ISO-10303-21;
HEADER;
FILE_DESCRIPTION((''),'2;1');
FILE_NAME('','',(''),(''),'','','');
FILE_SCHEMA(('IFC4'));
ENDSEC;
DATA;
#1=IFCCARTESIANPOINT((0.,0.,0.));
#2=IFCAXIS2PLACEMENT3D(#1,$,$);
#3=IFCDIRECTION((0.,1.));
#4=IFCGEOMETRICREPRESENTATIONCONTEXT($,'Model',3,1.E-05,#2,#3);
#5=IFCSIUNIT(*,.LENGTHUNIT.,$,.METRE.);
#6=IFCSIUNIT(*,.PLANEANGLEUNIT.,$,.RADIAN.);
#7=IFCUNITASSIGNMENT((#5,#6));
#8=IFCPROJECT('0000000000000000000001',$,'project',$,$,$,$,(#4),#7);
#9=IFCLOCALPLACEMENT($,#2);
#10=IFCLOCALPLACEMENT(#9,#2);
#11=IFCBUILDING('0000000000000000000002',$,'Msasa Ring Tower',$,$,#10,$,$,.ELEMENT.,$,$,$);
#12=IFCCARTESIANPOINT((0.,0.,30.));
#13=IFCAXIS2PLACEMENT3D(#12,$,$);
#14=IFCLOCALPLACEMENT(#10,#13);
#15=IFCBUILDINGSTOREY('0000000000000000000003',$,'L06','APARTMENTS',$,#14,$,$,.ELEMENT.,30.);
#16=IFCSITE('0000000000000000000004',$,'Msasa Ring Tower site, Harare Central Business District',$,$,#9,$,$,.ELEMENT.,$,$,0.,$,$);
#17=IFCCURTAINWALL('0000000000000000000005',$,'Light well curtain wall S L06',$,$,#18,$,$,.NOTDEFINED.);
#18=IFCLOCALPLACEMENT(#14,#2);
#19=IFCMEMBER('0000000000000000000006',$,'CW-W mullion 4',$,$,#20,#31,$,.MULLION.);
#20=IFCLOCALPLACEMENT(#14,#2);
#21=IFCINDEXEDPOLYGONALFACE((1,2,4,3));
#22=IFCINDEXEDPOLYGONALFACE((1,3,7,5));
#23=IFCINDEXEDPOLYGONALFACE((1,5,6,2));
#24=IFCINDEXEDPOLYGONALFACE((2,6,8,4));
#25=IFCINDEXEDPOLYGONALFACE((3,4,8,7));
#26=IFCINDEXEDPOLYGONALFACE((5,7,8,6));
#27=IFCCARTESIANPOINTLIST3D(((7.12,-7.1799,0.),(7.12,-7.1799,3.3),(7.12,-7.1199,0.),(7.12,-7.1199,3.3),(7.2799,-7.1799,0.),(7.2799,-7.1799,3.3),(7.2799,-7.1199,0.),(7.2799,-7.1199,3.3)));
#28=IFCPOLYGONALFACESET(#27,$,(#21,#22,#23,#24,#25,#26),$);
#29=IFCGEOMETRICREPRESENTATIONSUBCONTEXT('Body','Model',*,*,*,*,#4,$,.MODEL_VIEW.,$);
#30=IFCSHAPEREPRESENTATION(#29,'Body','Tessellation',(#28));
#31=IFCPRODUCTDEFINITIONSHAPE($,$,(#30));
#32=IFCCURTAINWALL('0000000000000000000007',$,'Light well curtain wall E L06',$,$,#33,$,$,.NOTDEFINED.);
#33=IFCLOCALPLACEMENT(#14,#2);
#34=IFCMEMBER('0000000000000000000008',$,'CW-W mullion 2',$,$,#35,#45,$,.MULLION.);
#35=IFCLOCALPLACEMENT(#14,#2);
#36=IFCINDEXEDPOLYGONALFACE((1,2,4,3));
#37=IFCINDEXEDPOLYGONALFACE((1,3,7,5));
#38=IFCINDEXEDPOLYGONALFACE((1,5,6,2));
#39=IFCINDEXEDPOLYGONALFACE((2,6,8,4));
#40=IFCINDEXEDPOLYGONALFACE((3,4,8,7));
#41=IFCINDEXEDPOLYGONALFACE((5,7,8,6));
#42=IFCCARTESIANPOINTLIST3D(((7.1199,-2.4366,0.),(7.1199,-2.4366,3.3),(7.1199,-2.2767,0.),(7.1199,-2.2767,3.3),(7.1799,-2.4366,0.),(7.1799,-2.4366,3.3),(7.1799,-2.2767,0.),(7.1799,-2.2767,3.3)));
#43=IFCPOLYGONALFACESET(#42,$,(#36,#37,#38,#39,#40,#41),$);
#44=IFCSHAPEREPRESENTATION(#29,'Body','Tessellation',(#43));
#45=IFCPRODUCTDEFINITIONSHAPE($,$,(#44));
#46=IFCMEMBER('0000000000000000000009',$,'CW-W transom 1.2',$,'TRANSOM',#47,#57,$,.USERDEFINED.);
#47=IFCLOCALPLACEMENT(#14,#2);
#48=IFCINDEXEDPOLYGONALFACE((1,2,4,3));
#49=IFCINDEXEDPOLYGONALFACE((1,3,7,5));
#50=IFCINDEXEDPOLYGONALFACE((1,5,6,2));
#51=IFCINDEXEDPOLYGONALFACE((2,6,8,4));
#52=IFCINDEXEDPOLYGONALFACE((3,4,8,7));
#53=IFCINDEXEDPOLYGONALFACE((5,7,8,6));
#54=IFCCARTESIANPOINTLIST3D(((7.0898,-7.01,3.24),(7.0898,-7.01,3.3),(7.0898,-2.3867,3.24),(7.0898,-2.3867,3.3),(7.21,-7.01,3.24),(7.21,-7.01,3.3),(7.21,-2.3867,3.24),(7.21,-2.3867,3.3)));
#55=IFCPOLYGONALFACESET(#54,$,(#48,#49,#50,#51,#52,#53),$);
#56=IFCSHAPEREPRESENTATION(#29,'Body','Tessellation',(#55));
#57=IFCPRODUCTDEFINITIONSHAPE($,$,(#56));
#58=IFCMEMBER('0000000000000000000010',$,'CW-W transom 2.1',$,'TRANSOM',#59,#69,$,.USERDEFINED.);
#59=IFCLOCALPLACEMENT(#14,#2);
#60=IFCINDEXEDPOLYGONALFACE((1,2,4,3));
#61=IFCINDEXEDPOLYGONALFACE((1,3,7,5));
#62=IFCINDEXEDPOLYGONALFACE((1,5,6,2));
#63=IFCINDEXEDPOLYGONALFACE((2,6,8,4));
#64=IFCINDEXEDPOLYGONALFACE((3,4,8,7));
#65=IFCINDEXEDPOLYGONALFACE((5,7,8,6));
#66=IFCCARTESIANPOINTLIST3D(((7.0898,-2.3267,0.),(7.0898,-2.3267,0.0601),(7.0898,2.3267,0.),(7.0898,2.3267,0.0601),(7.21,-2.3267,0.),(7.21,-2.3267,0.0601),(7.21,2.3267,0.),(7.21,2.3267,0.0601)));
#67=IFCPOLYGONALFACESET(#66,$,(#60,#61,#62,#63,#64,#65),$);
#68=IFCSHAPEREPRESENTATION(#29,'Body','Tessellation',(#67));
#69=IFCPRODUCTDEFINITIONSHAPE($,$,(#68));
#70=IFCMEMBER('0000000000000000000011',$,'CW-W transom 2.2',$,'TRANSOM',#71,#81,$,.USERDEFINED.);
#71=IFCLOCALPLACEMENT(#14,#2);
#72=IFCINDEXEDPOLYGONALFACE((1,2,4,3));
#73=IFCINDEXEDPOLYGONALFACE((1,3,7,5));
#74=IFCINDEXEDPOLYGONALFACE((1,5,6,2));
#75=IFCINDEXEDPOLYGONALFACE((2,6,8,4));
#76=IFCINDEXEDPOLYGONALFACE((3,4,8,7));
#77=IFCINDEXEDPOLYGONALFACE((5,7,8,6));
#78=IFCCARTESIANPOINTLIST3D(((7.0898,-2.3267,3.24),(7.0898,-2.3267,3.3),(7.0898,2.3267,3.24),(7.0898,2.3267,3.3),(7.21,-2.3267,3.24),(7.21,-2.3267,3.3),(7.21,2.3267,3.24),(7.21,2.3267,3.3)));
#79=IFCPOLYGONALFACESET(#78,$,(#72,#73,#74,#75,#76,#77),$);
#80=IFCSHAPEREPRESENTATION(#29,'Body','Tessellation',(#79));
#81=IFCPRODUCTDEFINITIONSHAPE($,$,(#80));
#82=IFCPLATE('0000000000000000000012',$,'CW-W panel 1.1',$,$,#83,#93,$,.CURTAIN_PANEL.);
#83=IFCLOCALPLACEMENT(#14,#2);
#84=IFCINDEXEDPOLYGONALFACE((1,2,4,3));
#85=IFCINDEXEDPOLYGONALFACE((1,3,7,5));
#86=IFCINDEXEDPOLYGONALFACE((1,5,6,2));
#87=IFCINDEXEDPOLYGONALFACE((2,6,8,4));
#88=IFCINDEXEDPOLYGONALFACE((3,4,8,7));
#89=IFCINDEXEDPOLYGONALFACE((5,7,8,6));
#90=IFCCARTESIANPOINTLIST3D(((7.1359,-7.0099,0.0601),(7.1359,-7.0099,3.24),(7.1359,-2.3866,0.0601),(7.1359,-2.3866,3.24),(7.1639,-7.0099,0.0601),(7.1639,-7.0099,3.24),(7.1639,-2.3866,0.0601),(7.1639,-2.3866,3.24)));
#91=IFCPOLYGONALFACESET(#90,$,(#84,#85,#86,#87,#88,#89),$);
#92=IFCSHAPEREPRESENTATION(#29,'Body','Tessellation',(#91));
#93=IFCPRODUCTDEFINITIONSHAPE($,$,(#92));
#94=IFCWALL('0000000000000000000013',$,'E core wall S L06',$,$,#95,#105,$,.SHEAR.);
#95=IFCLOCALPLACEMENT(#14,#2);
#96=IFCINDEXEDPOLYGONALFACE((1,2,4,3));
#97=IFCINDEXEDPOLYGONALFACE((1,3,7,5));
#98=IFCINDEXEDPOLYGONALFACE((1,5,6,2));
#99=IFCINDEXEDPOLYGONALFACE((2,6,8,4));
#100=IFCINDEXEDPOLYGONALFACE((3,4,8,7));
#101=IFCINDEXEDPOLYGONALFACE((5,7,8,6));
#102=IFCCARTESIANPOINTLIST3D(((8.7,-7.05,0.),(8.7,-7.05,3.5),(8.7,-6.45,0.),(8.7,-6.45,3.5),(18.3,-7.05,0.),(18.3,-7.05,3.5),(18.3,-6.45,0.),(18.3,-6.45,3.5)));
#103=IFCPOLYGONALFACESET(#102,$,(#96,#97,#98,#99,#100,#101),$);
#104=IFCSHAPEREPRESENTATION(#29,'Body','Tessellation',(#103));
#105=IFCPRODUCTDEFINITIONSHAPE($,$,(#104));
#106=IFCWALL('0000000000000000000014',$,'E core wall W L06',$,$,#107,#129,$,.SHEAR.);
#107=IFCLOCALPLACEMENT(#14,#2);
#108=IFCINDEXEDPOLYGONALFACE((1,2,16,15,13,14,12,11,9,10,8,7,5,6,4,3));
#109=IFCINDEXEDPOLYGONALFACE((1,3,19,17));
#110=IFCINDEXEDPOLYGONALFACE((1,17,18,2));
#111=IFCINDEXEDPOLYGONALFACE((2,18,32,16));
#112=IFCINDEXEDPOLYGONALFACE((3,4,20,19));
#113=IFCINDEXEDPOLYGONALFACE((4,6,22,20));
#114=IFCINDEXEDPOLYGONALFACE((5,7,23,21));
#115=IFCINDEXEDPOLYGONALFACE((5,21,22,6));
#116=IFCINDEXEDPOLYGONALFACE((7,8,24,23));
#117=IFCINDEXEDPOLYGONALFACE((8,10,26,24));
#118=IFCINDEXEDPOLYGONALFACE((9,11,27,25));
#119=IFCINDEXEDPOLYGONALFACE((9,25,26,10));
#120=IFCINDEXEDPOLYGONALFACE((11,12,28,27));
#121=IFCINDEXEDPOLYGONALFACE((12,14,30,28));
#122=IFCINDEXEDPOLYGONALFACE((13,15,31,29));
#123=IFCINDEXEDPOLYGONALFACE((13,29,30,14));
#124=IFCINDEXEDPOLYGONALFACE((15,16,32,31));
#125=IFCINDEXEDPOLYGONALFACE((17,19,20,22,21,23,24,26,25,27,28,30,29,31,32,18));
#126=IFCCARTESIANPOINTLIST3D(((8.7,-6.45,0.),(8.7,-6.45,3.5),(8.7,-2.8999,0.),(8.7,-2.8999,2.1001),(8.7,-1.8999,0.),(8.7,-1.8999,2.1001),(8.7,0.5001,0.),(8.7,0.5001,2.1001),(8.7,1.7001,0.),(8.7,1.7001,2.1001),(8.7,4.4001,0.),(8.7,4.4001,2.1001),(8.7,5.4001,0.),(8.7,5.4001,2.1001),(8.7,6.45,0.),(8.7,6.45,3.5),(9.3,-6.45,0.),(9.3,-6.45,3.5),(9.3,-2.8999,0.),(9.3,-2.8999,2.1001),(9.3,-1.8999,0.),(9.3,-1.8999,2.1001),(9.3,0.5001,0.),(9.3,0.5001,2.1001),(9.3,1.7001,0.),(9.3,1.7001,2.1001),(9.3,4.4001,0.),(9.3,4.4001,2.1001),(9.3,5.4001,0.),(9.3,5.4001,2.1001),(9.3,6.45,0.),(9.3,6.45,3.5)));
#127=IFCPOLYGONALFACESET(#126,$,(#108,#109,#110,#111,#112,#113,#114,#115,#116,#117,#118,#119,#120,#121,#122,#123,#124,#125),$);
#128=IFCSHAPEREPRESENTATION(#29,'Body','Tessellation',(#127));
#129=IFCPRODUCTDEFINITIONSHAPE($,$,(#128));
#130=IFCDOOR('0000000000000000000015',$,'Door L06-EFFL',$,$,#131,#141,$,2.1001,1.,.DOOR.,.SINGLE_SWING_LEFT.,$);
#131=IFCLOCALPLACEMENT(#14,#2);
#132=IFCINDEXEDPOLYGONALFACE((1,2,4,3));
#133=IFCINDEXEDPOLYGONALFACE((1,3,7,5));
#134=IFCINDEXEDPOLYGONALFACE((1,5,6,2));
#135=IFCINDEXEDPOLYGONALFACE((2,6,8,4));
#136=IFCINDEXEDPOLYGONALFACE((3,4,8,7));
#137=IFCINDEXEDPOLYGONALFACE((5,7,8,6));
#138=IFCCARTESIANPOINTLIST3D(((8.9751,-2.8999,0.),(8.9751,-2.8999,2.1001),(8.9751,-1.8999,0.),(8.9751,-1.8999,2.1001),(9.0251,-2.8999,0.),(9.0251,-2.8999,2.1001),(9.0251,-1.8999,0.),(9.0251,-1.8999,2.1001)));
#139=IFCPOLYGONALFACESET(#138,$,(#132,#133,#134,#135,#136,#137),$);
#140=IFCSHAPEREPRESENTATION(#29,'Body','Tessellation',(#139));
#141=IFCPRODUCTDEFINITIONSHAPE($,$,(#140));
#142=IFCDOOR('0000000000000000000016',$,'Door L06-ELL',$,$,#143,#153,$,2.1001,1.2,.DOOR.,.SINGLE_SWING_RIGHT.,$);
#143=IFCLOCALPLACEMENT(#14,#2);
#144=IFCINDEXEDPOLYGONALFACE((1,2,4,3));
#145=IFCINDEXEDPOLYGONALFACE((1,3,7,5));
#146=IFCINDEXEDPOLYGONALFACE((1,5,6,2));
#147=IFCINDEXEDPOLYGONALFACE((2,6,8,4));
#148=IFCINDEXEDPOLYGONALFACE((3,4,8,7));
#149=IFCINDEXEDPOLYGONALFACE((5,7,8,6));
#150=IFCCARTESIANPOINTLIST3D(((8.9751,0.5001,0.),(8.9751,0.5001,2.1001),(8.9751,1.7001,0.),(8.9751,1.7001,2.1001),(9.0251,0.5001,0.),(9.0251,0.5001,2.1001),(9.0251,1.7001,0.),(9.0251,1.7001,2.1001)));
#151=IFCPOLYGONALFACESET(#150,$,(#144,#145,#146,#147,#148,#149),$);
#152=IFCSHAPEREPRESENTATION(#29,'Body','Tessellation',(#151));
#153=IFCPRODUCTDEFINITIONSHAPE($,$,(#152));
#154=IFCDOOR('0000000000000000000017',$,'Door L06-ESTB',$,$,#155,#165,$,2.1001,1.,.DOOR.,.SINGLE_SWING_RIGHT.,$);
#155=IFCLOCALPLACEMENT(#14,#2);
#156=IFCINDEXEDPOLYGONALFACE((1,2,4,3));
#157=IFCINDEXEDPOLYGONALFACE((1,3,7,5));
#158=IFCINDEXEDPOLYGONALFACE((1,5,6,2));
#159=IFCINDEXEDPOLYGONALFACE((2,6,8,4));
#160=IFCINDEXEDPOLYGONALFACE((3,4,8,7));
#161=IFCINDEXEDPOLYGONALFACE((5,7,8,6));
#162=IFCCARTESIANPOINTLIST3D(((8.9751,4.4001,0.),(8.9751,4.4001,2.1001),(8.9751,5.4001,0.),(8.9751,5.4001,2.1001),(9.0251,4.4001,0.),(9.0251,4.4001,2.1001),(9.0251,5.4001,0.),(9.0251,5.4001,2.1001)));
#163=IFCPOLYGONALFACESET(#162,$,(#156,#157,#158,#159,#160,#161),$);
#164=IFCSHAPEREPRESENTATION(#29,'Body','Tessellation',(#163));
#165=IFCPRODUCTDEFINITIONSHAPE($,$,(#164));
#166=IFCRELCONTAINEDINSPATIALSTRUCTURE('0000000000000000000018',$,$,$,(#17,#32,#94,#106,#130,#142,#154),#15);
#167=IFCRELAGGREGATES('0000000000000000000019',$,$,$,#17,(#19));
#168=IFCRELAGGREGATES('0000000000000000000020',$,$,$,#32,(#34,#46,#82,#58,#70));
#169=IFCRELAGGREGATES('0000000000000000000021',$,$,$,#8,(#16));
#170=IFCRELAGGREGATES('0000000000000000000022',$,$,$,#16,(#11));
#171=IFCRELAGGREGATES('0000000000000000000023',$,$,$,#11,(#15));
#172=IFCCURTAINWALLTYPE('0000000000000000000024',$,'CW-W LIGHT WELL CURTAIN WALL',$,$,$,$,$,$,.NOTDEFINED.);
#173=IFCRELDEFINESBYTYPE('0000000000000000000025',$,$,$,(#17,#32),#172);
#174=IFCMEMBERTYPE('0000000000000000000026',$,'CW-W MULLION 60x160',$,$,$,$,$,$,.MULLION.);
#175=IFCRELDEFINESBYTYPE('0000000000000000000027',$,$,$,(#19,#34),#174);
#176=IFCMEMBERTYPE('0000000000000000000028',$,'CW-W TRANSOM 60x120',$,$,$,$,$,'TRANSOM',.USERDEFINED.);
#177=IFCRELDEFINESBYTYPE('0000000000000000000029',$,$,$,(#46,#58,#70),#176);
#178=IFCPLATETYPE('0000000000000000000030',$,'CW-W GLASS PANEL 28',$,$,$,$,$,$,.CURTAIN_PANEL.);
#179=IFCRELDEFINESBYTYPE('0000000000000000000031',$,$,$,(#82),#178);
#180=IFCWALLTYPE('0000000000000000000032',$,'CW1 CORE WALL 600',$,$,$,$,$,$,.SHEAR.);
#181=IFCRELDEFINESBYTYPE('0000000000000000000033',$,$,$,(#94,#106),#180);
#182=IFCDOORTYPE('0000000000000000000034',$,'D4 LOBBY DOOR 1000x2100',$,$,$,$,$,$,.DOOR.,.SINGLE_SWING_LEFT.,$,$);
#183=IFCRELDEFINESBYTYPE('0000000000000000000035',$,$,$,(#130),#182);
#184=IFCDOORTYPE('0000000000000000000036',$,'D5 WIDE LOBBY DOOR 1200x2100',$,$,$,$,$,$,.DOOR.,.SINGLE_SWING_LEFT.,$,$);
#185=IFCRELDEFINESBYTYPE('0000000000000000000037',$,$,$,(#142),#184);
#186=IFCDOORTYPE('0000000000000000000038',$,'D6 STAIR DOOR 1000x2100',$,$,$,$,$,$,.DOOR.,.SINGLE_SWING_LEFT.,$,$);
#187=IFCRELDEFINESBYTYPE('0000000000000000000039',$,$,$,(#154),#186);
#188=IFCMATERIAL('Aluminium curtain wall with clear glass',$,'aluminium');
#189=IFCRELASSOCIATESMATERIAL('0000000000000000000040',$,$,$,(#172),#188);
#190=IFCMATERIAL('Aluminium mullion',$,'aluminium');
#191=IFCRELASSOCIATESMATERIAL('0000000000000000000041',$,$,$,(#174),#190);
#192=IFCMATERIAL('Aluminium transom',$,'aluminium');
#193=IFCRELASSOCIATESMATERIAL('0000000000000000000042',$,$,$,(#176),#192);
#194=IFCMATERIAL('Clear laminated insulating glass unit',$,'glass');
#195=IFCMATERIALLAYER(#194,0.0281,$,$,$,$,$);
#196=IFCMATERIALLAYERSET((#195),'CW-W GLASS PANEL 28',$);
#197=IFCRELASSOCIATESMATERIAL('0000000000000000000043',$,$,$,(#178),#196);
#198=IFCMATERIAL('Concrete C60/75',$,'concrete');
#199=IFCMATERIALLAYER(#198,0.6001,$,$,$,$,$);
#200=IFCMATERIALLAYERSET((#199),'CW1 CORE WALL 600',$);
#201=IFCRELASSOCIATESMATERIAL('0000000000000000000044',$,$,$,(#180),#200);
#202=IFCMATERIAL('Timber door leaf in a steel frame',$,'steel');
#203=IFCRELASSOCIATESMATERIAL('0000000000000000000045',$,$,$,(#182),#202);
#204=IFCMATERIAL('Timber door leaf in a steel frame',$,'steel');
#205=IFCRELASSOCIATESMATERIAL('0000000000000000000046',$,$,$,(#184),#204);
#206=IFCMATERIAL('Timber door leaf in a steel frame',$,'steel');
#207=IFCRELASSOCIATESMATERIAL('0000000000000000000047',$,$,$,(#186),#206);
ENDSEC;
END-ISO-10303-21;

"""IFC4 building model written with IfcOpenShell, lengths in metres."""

from ifc_helpers import new_model, si_unit, direction, frame, frame_2d, origin, origin_2d, place, context, subcontext, project, spatial, rectangle, extrude, material, layer, layer_set, material_profile, profile_set, type_object, element, fill, aggregate, save


model = new_model("IFC4")

# Units and contexts
model_context = context("Model", 3, precision=1e-05, world=origin(), true_north=direction((0.0, 1.0)))
body_context = subcontext(model_context, "Body", "Model", "MODEL_VIEW")
ifc_project = project(units=[si_unit("LENGTHUNIT", "METRE"), si_unit("PLANEANGLEUNIT", "RADIAN")], contexts=[model_context])

# Site, building, storey
site_placement = place(None, origin())
site = spatial("IfcSite", under=ifc_project, at=site_placement, Name="Msasa Ring Tower site, Harare Central Business District", CompositionType="ELEMENT", RefElevation=0.0)
building_placement = place(site_placement, origin())
building = spatial("IfcBuilding", under=site, at=building_placement, Name="Msasa Ring Tower", CompositionType="ELEMENT")
storey_placement = place(building_placement, frame((0.0, 0.0, 30.0)))
storey = spatial("IfcBuildingStorey", under=building, at=storey_placement, Name="L06", Description="APARTMENTS", CompositionType="ELEMENT", Elevation=30.0)

# Curtain wall, member
ifc_material_1 = material(Name="Aluminium curtain wall with clear glass", Category="aluminium")
curtain_wall_type = type_object("IfcCurtainWallType", Name="CW-W LIGHT WELL CURTAIN WALL", PredefinedType="NOTDEFINED", material=ifc_material_1)
curtain_wall_1_placement = place(storey_placement, origin())
curtain_wall_1 = element("IfcCurtainWall", 1, at=curtain_wall_1_placement, inside=storey, type_object=curtain_wall_type, Name="Light well curtain wall S L06", PredefinedType="NOTDEFINED")
ifc_material_2 = material(Name="Aluminium mullion", Category="aluminium")
ifc_material_profile_1 = material_profile(ifc_material_2, rectangle(XDim=0.0601, YDim=0.1599, at=origin_2d()), Name="AL 60x160")
ifc_profile_set_1 = profile_set([ifc_material_profile_1], Name="Aluminium mullion")
member_type_1 = type_object("IfcMemberType", Name="CW-W MULLION 60x160", PredefinedType="MULLION", material=ifc_profile_set_1)
member_1_placement = place(storey_placement, frame((7.2, -7.1499, 0.0), z_axis=(0.0, 0.0, 1.0), x_axis=(0.0, 1.0, 0.0)))
member_1 = element("IfcMember", 2, at=member_1_placement, type_object=member_type_1, Name="CW-W mullion 4", PredefinedType="MULLION", context=body_context, shape_type="SweptSolid", body=[
    extrude(rectangle(XDim=0.0601, YDim=0.1599, at=origin_2d()), origin(), (0.0, 0.0, 1.0), 3.3),
])
aggregate(curtain_wall_1, [member_1])

# Curtain wall, members, plate
curtain_wall_2_placement = place(storey_placement, origin())
curtain_wall_2 = element("IfcCurtainWall", 3, at=curtain_wall_2_placement, inside=storey, type_object=curtain_wall_type, Name="Light well curtain wall E L06", PredefinedType="NOTDEFINED")
member_2_placement = place(storey_placement, frame((7.1499, -2.3567, 0.0), z_axis=(0.0, 0.0, 1.0), x_axis=(-1.0, 0.0, 0.0)))
member_2 = element("IfcMember", 4, at=member_2_placement, type_object=member_type_1, Name="CW-W mullion 2", PredefinedType="MULLION", context=body_context, shape_type="SweptSolid", body=[
    extrude(rectangle(XDim=0.0601, YDim=0.1599, at=origin_2d()), origin(), (0.0, 0.0, 1.0), 3.3),
])
ifc_material_3 = material(Name="Aluminium transom", Category="aluminium")
ifc_material_profile_2 = material_profile(ifc_material_3, rectangle(XDim=0.1201, YDim=0.0601, at=origin_2d()), Name="AL 60x120")
ifc_profile_set_2 = profile_set([ifc_material_profile_2], Name="Aluminium transom")
member_type_2 = type_object("IfcMemberType", Name="CW-W TRANSOM 60x120", ElementType="TRANSOM", PredefinedType="USERDEFINED", material=ifc_profile_set_2)
member_3_placement = place(storey_placement, frame((7.1499, -7.01, 3.27), z_axis=(0.0, 1.0, 0.0), x_axis=(-1.0, 0.0, 0.0)))
member_3 = element("IfcMember", 5, at=member_3_placement, type_object=member_type_2, Name="CW-W transom 1.2", ObjectType="TRANSOM", PredefinedType="USERDEFINED", context=body_context, shape_type="SweptSolid", body=[
    extrude(rectangle(XDim=0.1201, YDim=0.0601, at=origin_2d()), origin(), (0.0, 0.0, 1.0), 4.6233),
])
member_4_placement = place(storey_placement, frame((7.1499, -2.3267, 0.03), z_axis=(0.0, 1.0, 0.0), x_axis=(-1.0, 0.0, 0.0)))
member_4 = element("IfcMember", 6, at=member_4_placement, type_object=member_type_2, Name="CW-W transom 2.1", ObjectType="TRANSOM", PredefinedType="USERDEFINED", context=body_context, shape_type="SweptSolid", body=[
    extrude(rectangle(XDim=0.1201, YDim=0.0601, at=origin_2d()), origin(), (0.0, 0.0, 1.0), 4.6533),
])
member_5_placement = place(storey_placement, frame((7.1499, -2.3267, 3.27), z_axis=(0.0, 1.0, 0.0), x_axis=(-1.0, 0.0, 0.0)))
member_5 = element("IfcMember", 7, at=member_5_placement, type_object=member_type_2, Name="CW-W transom 2.2", ObjectType="TRANSOM", PredefinedType="USERDEFINED", context=body_context, shape_type="SweptSolid", body=[
    extrude(rectangle(XDim=0.1201, YDim=0.0601, at=origin_2d()), origin(), (0.0, 0.0, 1.0), 4.6533),
])
ifc_material_4 = material(Name="Clear laminated insulating glass unit", Category="glass")
ifc_layer_1 = layer(ifc_material_4, 0.0281)
ifc_layer_set_1 = layer_set([ifc_layer_1], Name="CW-W GLASS PANEL 28")
plate_type = type_object("IfcPlateType", Name="CW-W GLASS PANEL 28", PredefinedType="CURTAIN_PANEL", material=ifc_layer_set_1)
plate_placement = place(storey_placement, frame((7.1499, -4.6982, 0.0601), z_axis=(0.0, 0.0, 1.0), x_axis=(0.0, 1.0, 0.0)))
plate = element("IfcPlate", 8, at=plate_placement, type_object=plate_type, Name="CW-W panel 1.1", PredefinedType="CURTAIN_PANEL", context=body_context, shape_type="SweptSolid", body=[
    extrude(rectangle(XDim=4.6233, YDim=0.0281, at=origin_2d()), origin(), (0.0, 0.0, 1.0), 3.1799),
])
aggregate(curtain_wall_2, [member_2, member_3, plate, member_4, member_5])

# Wall
ifc_material_5 = material(Name="Concrete C60/75", Category="concrete")
ifc_layer_2 = layer(ifc_material_5, 0.6001)
ifc_layer_set_2 = layer_set([ifc_layer_2], Name="CW1 CORE WALL 600")
wall_type_1 = type_object("IfcWallType", Name="CW1 CORE WALL 600", PredefinedType="SHEAR", material=ifc_layer_set_2)
wall_1_placement = place(storey_placement, frame((8.7, -6.75, 0.0), z_axis=(0.0, 0.0, 1.0), x_axis=(1.0, 0.0, 0.0)))
element("IfcWall", 9, at=wall_1_placement, inside=storey, type_object=wall_type_1, Name="E core wall S L06", PredefinedType="SHEAR", context=body_context, shape_type="SweptSolid", body=[
    extrude(rectangle(XDim=9.6001, YDim=0.6001, at=frame_2d((4.8, 0.0))), origin(), (0.0, 0.0, 1.0), 3.5),
])

# Wall, openings, doors
wall_2_placement = place(storey_placement, frame((9.0, -6.45, 0.0), z_axis=(0.0, 0.0, 1.0), x_axis=(0.0, 1.0, 0.0)))
wall_2 = element("IfcWall", 10, at=wall_2_placement, inside=storey, type_object=wall_type_1, Name="E core wall W L06", PredefinedType="SHEAR", context=body_context, shape_type="SweptSolid", body=[
    extrude(rectangle(XDim=12.8999, YDim=0.6001, at=frame_2d((6.45, 0.0))), origin(), (0.0, 0.0, 1.0), 3.5),
])
opening_1_placement = place(wall_2_placement, frame((3.55, 0.0, 0.0)))
opening_1 = element("IfcOpeningElement", 11, at=opening_1_placement, cuts=wall_2, PredefinedType="OPENING", context=body_context, shape_type="SweptSolid", body=[
    extrude(rectangle(XDim=1.0, YDim=2.1001, at=frame_2d((0.5, 1.05))), frame((0.0, 0.3101, 0.0), z_axis=(0.0, -1.0, 0.0), x_axis=(1.0, 0.0, 0.0)), (0.0, 0.0, 1.0), 0.6201),
])
opening_2_placement = place(wall_2_placement, frame((6.95, 0.0, 0.0)))
opening_2 = element("IfcOpeningElement", 12, at=opening_2_placement, cuts=wall_2, PredefinedType="OPENING", context=body_context, shape_type="SweptSolid", body=[
    extrude(rectangle(XDim=1.2, YDim=2.1001, at=frame_2d((0.6001, 1.05))), frame((0.0, 0.3101, 0.0), z_axis=(0.0, -1.0, 0.0), x_axis=(1.0, 0.0, 0.0)), (0.0, 0.0, 1.0), 0.6201),
])
opening_3_placement = place(wall_2_placement, frame((10.8501, 0.0, 0.0)))
opening_3 = element("IfcOpeningElement", 13, at=opening_3_placement, cuts=wall_2, PredefinedType="OPENING", context=body_context, shape_type="SweptSolid", body=[
    extrude(rectangle(XDim=1.0, YDim=2.1001, at=frame_2d((0.5, 1.05))), frame((0.0, 0.3101, 0.0), z_axis=(0.0, -1.0, 0.0), x_axis=(1.0, 0.0, 0.0)), (0.0, 0.0, 1.0), 0.6201),
])
ifc_material_6 = material(Name="Timber door leaf in a steel frame", Category="steel")
door_type_1 = type_object("IfcDoorType", Name="D4 LOBBY DOOR 1000x2100", OperationType="SINGLE_SWING_LEFT", PredefinedType="DOOR", material=ifc_material_6)
door_1_placement = place(opening_1_placement, origin())
door_1 = element("IfcDoor", 14, at=door_1_placement, inside=storey, type_object=door_type_1, Name="Door L06-EFFL", OperationType="SINGLE_SWING_LEFT", OverallHeight=2.1001, OverallWidth=1.0, PredefinedType="DOOR", context=body_context, shape_type="SweptSolid", body=[
    extrude(rectangle(XDim=1.0, YDim=2.1001, at=frame_2d((0.5, 1.05))), frame((0.0, 0.0249, 0.0), z_axis=(0.0, -1.0, 0.0), x_axis=(1.0, 0.0, 0.0)), (0.0, 0.0, 1.0), 0.05),
])
fill(opening_1, door_1)
ifc_material_7 = material(Name="Timber door leaf in a steel frame", Category="steel")
door_type_2 = type_object("IfcDoorType", Name="D5 WIDE LOBBY DOOR 1200x2100", OperationType="SINGLE_SWING_LEFT", PredefinedType="DOOR", material=ifc_material_7)
door_2_placement = place(opening_2_placement, origin())
door_2 = element("IfcDoor", 15, at=door_2_placement, inside=storey, type_object=door_type_2, Name="Door L06-ELL", OperationType="SINGLE_SWING_RIGHT", OverallHeight=2.1001, OverallWidth=1.2, PredefinedType="DOOR", context=body_context, shape_type="SweptSolid", body=[
    extrude(rectangle(XDim=1.2, YDim=2.1001, at=frame_2d((0.6001, 1.05))), frame((0.0, 0.0249, 0.0), z_axis=(0.0, -1.0, 0.0), x_axis=(1.0, 0.0, 0.0)), (0.0, 0.0, 1.0), 0.05),
])
fill(opening_2, door_2)
ifc_material_8 = material(Name="Timber door leaf in a steel frame", Category="steel")
door_type_3 = type_object("IfcDoorType", Name="D6 STAIR DOOR 1000x2100", OperationType="SINGLE_SWING_LEFT", PredefinedType="DOOR", material=ifc_material_8)
door_3_placement = place(opening_3_placement, origin())
door_3 = element("IfcDoor", 16, at=door_3_placement, inside=storey, type_object=door_type_3, Name="Door L06-ESTB", OperationType="SINGLE_SWING_RIGHT", OverallHeight=2.1001, OverallWidth=1.0, PredefinedType="DOOR", context=body_context, shape_type="SweptSolid", body=[
    extrude(rectangle(XDim=1.0, YDim=2.1001, at=frame_2d((0.5, 1.05))), frame((0.0, 0.0249, 0.0), z_axis=(0.0, -1.0, 0.0), x_axis=(1.0, 0.0, 0.0)), (0.0, 0.0, 1.0), 0.05),
])
fill(opening_3, door_3)

save(model, "model.ifc")
